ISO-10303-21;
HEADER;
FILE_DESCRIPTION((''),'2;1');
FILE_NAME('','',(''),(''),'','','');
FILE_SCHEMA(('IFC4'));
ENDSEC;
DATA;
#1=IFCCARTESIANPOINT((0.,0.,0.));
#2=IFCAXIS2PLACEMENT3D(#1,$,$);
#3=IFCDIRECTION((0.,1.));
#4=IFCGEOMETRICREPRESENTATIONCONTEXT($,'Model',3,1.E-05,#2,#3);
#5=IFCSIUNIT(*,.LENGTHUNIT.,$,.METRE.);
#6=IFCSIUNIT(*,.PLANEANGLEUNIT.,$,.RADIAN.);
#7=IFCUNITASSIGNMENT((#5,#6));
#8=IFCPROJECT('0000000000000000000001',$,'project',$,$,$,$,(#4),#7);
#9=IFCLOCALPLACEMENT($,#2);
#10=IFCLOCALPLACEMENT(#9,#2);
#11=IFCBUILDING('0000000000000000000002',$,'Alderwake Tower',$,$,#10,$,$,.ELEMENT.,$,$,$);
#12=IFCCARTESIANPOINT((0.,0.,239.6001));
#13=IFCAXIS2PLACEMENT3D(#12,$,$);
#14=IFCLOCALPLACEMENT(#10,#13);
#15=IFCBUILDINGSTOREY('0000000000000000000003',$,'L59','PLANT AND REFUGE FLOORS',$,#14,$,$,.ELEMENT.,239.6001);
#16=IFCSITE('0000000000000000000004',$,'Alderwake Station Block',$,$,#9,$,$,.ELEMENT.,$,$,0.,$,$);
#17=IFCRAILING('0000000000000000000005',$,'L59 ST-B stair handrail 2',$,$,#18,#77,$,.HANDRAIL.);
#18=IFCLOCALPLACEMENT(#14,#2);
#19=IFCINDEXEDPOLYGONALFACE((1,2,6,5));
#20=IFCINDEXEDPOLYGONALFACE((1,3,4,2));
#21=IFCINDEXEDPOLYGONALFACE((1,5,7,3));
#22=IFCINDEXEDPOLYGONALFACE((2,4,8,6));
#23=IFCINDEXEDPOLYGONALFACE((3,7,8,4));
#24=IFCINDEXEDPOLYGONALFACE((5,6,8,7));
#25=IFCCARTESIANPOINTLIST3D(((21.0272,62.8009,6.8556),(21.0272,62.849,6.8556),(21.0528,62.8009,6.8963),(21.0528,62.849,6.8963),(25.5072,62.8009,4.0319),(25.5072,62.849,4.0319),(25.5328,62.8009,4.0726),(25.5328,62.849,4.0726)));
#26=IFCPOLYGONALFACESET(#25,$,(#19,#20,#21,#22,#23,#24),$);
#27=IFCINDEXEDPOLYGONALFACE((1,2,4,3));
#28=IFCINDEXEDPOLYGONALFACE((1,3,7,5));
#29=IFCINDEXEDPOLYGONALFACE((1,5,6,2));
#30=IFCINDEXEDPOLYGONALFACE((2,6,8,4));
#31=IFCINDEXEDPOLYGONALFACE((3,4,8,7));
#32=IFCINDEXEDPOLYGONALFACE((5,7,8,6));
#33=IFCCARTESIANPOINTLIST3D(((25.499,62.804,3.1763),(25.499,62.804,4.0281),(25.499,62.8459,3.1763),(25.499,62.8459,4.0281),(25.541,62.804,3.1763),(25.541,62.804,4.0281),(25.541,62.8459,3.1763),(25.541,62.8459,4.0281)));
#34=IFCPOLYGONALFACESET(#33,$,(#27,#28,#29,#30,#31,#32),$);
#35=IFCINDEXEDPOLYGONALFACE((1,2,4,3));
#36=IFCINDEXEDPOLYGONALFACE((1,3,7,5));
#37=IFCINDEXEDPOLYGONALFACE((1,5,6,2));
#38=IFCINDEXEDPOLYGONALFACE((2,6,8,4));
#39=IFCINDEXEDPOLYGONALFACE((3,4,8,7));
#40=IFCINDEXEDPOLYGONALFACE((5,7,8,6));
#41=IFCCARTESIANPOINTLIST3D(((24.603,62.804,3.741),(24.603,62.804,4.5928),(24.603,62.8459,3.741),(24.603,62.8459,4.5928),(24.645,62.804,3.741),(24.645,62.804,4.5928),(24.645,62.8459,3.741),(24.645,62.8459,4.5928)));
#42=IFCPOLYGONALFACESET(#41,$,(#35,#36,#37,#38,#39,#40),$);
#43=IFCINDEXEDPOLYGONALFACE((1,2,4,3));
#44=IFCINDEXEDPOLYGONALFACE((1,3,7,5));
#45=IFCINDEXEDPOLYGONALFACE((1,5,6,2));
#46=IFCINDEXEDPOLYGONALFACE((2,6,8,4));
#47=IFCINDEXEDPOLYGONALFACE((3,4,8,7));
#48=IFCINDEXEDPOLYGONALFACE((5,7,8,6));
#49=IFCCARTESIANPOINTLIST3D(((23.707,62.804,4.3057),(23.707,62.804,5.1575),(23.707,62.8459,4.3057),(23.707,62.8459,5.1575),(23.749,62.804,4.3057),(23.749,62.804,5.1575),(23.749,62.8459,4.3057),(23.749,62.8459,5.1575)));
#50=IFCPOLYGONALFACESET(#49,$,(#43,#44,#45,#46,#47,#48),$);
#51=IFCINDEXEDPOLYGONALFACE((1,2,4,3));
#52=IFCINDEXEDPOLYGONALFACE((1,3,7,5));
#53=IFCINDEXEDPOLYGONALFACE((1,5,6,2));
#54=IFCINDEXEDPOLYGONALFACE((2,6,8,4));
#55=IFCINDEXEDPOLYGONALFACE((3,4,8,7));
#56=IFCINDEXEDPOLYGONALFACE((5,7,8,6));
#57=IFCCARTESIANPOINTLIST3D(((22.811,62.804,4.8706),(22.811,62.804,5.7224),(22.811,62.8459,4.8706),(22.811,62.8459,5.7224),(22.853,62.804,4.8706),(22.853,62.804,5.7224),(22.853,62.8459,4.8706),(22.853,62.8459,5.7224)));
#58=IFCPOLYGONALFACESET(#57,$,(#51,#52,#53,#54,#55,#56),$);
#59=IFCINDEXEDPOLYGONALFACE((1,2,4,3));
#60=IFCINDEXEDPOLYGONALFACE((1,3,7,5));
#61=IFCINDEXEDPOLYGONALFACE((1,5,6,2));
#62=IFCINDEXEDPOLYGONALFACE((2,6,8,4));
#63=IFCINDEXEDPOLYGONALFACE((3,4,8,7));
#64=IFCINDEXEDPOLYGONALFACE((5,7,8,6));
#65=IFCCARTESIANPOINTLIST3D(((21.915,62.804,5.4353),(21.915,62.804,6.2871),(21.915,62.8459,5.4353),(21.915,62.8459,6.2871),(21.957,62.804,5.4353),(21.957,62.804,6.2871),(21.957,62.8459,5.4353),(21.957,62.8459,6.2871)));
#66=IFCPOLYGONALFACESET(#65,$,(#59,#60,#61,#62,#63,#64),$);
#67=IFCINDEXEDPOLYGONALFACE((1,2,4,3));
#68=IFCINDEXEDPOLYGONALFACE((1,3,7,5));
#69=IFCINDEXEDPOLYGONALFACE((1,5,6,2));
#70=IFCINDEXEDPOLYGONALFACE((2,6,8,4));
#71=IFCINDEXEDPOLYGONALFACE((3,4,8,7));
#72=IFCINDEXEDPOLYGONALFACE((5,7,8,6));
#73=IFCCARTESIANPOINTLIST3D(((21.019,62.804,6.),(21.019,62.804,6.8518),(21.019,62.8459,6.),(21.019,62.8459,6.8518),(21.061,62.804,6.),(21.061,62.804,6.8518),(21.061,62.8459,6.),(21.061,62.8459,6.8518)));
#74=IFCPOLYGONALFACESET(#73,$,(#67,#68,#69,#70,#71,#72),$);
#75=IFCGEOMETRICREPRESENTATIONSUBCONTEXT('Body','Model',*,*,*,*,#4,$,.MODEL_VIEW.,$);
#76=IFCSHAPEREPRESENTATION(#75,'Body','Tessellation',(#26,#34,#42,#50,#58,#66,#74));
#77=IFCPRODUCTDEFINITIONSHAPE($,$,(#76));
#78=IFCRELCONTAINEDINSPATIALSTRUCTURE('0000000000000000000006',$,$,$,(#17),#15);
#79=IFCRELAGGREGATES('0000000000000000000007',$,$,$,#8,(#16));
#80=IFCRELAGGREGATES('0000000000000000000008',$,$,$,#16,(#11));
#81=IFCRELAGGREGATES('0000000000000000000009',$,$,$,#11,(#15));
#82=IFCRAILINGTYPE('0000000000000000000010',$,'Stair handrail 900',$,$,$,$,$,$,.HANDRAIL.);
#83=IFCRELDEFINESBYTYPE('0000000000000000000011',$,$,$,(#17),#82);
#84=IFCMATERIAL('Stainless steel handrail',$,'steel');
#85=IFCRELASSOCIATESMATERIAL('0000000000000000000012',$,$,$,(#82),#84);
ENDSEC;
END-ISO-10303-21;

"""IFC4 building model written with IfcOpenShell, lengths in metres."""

from ifc_helpers import new_model, si_unit, direction, frame, origin, origin_2d, place, context, subcontext, project, spatial, rectangle, extrude, material, type_object, element, save


model = new_model("IFC4")

# Units and contexts
model_context = context("Model", 3, precision=1e-05, world=origin(), true_north=direction((0.0, 1.0)))
body_context = subcontext(model_context, "Body", "Model", "MODEL_VIEW")
ifc_project = project(units=[si_unit("LENGTHUNIT", "METRE"), si_unit("PLANEANGLEUNIT", "RADIAN")], contexts=[model_context])

# Site, building, storey
site_placement = place(None, origin())
site = spatial("IfcSite", under=ifc_project, at=site_placement, Name="Alderwake Station Block", CompositionType="ELEMENT", RefElevation=0.0)
building_placement = place(site_placement, origin())
building = spatial("IfcBuilding", under=site, at=building_placement, Name="Alderwake Tower", CompositionType="ELEMENT")
storey_placement = place(building_placement, frame((0.0, 0.0, 239.6001)))
storey = spatial("IfcBuildingStorey", under=building, at=storey_placement, Name="L59", Description="PLANT AND REFUGE FLOORS", CompositionType="ELEMENT", Elevation=239.6001)

# Railing
ifc_material_1 = material(Name="Stainless steel handrail", Category="steel")
railing_type = type_object("IfcRailingType", Name="Stair handrail 900", PredefinedType="HANDRAIL", material=ifc_material_1)
railing_placement = place(storey_placement, frame((25.52, 62.825, 3.1763)))
element("IfcRailing", 1, at=railing_placement, inside=storey, type_object=railing_type, Name="L59 ST-B stair handrail 2", PredefinedType="HANDRAIL", context=body_context, shape_type="SweptSolid", body=[
    extrude(rectangle(XDim=0.0481, YDim=0.0481, at=origin_2d()), frame((0.0, 0.0, 0.876), z_axis=(-0.845977, 0.0, 0.533219), x_axis=(0.0, -1.0, 0.0)), (0.0, 0.0, 1.0), 5.2957),
    extrude(rectangle(XDim=0.042, YDim=0.042, at=origin_2d()), frame((0.0, 0.0, 0.0), z_axis=(0.0, 0.0, 1.0), x_axis=(-1.0, 0.0, 0.0)), (0.0, 0.0, 1.0), 0.8518),
    extrude(rectangle(XDim=0.042, YDim=0.042, at=origin_2d()), frame((-0.896, 0.0, 0.5647), z_axis=(0.0, 0.0, 1.0), x_axis=(-1.0, 0.0, 0.0)), (0.0, 0.0, 1.0), 0.8518),
    extrude(rectangle(XDim=0.042, YDim=0.042, at=origin_2d()), frame((-1.792, 0.0, 1.1294), z_axis=(0.0, 0.0, 1.0), x_axis=(-1.0, 0.0, 0.0)), (0.0, 0.0, 1.0), 0.8518),
    extrude(rectangle(XDim=0.042, YDim=0.042, at=origin_2d()), frame((-2.688, 0.0, 1.6943), z_axis=(0.0, 0.0, 1.0), x_axis=(-1.0, 0.0, 0.0)), (0.0, 0.0, 1.0), 0.8518),
    extrude(rectangle(XDim=0.042, YDim=0.042, at=origin_2d()), frame((-3.584, 0.0, 2.259), z_axis=(0.0, 0.0, 1.0), x_axis=(-1.0, 0.0, 0.0)), (0.0, 0.0, 1.0), 0.8518),
    extrude(rectangle(XDim=0.042, YDim=0.042, at=origin_2d()), frame((-4.48, 0.0, 2.8237), z_axis=(0.0, 0.0, 1.0), x_axis=(-1.0, 0.0, 0.0)), (0.0, 0.0, 1.0), 0.8518),
])

save(model, "model.ifc")
